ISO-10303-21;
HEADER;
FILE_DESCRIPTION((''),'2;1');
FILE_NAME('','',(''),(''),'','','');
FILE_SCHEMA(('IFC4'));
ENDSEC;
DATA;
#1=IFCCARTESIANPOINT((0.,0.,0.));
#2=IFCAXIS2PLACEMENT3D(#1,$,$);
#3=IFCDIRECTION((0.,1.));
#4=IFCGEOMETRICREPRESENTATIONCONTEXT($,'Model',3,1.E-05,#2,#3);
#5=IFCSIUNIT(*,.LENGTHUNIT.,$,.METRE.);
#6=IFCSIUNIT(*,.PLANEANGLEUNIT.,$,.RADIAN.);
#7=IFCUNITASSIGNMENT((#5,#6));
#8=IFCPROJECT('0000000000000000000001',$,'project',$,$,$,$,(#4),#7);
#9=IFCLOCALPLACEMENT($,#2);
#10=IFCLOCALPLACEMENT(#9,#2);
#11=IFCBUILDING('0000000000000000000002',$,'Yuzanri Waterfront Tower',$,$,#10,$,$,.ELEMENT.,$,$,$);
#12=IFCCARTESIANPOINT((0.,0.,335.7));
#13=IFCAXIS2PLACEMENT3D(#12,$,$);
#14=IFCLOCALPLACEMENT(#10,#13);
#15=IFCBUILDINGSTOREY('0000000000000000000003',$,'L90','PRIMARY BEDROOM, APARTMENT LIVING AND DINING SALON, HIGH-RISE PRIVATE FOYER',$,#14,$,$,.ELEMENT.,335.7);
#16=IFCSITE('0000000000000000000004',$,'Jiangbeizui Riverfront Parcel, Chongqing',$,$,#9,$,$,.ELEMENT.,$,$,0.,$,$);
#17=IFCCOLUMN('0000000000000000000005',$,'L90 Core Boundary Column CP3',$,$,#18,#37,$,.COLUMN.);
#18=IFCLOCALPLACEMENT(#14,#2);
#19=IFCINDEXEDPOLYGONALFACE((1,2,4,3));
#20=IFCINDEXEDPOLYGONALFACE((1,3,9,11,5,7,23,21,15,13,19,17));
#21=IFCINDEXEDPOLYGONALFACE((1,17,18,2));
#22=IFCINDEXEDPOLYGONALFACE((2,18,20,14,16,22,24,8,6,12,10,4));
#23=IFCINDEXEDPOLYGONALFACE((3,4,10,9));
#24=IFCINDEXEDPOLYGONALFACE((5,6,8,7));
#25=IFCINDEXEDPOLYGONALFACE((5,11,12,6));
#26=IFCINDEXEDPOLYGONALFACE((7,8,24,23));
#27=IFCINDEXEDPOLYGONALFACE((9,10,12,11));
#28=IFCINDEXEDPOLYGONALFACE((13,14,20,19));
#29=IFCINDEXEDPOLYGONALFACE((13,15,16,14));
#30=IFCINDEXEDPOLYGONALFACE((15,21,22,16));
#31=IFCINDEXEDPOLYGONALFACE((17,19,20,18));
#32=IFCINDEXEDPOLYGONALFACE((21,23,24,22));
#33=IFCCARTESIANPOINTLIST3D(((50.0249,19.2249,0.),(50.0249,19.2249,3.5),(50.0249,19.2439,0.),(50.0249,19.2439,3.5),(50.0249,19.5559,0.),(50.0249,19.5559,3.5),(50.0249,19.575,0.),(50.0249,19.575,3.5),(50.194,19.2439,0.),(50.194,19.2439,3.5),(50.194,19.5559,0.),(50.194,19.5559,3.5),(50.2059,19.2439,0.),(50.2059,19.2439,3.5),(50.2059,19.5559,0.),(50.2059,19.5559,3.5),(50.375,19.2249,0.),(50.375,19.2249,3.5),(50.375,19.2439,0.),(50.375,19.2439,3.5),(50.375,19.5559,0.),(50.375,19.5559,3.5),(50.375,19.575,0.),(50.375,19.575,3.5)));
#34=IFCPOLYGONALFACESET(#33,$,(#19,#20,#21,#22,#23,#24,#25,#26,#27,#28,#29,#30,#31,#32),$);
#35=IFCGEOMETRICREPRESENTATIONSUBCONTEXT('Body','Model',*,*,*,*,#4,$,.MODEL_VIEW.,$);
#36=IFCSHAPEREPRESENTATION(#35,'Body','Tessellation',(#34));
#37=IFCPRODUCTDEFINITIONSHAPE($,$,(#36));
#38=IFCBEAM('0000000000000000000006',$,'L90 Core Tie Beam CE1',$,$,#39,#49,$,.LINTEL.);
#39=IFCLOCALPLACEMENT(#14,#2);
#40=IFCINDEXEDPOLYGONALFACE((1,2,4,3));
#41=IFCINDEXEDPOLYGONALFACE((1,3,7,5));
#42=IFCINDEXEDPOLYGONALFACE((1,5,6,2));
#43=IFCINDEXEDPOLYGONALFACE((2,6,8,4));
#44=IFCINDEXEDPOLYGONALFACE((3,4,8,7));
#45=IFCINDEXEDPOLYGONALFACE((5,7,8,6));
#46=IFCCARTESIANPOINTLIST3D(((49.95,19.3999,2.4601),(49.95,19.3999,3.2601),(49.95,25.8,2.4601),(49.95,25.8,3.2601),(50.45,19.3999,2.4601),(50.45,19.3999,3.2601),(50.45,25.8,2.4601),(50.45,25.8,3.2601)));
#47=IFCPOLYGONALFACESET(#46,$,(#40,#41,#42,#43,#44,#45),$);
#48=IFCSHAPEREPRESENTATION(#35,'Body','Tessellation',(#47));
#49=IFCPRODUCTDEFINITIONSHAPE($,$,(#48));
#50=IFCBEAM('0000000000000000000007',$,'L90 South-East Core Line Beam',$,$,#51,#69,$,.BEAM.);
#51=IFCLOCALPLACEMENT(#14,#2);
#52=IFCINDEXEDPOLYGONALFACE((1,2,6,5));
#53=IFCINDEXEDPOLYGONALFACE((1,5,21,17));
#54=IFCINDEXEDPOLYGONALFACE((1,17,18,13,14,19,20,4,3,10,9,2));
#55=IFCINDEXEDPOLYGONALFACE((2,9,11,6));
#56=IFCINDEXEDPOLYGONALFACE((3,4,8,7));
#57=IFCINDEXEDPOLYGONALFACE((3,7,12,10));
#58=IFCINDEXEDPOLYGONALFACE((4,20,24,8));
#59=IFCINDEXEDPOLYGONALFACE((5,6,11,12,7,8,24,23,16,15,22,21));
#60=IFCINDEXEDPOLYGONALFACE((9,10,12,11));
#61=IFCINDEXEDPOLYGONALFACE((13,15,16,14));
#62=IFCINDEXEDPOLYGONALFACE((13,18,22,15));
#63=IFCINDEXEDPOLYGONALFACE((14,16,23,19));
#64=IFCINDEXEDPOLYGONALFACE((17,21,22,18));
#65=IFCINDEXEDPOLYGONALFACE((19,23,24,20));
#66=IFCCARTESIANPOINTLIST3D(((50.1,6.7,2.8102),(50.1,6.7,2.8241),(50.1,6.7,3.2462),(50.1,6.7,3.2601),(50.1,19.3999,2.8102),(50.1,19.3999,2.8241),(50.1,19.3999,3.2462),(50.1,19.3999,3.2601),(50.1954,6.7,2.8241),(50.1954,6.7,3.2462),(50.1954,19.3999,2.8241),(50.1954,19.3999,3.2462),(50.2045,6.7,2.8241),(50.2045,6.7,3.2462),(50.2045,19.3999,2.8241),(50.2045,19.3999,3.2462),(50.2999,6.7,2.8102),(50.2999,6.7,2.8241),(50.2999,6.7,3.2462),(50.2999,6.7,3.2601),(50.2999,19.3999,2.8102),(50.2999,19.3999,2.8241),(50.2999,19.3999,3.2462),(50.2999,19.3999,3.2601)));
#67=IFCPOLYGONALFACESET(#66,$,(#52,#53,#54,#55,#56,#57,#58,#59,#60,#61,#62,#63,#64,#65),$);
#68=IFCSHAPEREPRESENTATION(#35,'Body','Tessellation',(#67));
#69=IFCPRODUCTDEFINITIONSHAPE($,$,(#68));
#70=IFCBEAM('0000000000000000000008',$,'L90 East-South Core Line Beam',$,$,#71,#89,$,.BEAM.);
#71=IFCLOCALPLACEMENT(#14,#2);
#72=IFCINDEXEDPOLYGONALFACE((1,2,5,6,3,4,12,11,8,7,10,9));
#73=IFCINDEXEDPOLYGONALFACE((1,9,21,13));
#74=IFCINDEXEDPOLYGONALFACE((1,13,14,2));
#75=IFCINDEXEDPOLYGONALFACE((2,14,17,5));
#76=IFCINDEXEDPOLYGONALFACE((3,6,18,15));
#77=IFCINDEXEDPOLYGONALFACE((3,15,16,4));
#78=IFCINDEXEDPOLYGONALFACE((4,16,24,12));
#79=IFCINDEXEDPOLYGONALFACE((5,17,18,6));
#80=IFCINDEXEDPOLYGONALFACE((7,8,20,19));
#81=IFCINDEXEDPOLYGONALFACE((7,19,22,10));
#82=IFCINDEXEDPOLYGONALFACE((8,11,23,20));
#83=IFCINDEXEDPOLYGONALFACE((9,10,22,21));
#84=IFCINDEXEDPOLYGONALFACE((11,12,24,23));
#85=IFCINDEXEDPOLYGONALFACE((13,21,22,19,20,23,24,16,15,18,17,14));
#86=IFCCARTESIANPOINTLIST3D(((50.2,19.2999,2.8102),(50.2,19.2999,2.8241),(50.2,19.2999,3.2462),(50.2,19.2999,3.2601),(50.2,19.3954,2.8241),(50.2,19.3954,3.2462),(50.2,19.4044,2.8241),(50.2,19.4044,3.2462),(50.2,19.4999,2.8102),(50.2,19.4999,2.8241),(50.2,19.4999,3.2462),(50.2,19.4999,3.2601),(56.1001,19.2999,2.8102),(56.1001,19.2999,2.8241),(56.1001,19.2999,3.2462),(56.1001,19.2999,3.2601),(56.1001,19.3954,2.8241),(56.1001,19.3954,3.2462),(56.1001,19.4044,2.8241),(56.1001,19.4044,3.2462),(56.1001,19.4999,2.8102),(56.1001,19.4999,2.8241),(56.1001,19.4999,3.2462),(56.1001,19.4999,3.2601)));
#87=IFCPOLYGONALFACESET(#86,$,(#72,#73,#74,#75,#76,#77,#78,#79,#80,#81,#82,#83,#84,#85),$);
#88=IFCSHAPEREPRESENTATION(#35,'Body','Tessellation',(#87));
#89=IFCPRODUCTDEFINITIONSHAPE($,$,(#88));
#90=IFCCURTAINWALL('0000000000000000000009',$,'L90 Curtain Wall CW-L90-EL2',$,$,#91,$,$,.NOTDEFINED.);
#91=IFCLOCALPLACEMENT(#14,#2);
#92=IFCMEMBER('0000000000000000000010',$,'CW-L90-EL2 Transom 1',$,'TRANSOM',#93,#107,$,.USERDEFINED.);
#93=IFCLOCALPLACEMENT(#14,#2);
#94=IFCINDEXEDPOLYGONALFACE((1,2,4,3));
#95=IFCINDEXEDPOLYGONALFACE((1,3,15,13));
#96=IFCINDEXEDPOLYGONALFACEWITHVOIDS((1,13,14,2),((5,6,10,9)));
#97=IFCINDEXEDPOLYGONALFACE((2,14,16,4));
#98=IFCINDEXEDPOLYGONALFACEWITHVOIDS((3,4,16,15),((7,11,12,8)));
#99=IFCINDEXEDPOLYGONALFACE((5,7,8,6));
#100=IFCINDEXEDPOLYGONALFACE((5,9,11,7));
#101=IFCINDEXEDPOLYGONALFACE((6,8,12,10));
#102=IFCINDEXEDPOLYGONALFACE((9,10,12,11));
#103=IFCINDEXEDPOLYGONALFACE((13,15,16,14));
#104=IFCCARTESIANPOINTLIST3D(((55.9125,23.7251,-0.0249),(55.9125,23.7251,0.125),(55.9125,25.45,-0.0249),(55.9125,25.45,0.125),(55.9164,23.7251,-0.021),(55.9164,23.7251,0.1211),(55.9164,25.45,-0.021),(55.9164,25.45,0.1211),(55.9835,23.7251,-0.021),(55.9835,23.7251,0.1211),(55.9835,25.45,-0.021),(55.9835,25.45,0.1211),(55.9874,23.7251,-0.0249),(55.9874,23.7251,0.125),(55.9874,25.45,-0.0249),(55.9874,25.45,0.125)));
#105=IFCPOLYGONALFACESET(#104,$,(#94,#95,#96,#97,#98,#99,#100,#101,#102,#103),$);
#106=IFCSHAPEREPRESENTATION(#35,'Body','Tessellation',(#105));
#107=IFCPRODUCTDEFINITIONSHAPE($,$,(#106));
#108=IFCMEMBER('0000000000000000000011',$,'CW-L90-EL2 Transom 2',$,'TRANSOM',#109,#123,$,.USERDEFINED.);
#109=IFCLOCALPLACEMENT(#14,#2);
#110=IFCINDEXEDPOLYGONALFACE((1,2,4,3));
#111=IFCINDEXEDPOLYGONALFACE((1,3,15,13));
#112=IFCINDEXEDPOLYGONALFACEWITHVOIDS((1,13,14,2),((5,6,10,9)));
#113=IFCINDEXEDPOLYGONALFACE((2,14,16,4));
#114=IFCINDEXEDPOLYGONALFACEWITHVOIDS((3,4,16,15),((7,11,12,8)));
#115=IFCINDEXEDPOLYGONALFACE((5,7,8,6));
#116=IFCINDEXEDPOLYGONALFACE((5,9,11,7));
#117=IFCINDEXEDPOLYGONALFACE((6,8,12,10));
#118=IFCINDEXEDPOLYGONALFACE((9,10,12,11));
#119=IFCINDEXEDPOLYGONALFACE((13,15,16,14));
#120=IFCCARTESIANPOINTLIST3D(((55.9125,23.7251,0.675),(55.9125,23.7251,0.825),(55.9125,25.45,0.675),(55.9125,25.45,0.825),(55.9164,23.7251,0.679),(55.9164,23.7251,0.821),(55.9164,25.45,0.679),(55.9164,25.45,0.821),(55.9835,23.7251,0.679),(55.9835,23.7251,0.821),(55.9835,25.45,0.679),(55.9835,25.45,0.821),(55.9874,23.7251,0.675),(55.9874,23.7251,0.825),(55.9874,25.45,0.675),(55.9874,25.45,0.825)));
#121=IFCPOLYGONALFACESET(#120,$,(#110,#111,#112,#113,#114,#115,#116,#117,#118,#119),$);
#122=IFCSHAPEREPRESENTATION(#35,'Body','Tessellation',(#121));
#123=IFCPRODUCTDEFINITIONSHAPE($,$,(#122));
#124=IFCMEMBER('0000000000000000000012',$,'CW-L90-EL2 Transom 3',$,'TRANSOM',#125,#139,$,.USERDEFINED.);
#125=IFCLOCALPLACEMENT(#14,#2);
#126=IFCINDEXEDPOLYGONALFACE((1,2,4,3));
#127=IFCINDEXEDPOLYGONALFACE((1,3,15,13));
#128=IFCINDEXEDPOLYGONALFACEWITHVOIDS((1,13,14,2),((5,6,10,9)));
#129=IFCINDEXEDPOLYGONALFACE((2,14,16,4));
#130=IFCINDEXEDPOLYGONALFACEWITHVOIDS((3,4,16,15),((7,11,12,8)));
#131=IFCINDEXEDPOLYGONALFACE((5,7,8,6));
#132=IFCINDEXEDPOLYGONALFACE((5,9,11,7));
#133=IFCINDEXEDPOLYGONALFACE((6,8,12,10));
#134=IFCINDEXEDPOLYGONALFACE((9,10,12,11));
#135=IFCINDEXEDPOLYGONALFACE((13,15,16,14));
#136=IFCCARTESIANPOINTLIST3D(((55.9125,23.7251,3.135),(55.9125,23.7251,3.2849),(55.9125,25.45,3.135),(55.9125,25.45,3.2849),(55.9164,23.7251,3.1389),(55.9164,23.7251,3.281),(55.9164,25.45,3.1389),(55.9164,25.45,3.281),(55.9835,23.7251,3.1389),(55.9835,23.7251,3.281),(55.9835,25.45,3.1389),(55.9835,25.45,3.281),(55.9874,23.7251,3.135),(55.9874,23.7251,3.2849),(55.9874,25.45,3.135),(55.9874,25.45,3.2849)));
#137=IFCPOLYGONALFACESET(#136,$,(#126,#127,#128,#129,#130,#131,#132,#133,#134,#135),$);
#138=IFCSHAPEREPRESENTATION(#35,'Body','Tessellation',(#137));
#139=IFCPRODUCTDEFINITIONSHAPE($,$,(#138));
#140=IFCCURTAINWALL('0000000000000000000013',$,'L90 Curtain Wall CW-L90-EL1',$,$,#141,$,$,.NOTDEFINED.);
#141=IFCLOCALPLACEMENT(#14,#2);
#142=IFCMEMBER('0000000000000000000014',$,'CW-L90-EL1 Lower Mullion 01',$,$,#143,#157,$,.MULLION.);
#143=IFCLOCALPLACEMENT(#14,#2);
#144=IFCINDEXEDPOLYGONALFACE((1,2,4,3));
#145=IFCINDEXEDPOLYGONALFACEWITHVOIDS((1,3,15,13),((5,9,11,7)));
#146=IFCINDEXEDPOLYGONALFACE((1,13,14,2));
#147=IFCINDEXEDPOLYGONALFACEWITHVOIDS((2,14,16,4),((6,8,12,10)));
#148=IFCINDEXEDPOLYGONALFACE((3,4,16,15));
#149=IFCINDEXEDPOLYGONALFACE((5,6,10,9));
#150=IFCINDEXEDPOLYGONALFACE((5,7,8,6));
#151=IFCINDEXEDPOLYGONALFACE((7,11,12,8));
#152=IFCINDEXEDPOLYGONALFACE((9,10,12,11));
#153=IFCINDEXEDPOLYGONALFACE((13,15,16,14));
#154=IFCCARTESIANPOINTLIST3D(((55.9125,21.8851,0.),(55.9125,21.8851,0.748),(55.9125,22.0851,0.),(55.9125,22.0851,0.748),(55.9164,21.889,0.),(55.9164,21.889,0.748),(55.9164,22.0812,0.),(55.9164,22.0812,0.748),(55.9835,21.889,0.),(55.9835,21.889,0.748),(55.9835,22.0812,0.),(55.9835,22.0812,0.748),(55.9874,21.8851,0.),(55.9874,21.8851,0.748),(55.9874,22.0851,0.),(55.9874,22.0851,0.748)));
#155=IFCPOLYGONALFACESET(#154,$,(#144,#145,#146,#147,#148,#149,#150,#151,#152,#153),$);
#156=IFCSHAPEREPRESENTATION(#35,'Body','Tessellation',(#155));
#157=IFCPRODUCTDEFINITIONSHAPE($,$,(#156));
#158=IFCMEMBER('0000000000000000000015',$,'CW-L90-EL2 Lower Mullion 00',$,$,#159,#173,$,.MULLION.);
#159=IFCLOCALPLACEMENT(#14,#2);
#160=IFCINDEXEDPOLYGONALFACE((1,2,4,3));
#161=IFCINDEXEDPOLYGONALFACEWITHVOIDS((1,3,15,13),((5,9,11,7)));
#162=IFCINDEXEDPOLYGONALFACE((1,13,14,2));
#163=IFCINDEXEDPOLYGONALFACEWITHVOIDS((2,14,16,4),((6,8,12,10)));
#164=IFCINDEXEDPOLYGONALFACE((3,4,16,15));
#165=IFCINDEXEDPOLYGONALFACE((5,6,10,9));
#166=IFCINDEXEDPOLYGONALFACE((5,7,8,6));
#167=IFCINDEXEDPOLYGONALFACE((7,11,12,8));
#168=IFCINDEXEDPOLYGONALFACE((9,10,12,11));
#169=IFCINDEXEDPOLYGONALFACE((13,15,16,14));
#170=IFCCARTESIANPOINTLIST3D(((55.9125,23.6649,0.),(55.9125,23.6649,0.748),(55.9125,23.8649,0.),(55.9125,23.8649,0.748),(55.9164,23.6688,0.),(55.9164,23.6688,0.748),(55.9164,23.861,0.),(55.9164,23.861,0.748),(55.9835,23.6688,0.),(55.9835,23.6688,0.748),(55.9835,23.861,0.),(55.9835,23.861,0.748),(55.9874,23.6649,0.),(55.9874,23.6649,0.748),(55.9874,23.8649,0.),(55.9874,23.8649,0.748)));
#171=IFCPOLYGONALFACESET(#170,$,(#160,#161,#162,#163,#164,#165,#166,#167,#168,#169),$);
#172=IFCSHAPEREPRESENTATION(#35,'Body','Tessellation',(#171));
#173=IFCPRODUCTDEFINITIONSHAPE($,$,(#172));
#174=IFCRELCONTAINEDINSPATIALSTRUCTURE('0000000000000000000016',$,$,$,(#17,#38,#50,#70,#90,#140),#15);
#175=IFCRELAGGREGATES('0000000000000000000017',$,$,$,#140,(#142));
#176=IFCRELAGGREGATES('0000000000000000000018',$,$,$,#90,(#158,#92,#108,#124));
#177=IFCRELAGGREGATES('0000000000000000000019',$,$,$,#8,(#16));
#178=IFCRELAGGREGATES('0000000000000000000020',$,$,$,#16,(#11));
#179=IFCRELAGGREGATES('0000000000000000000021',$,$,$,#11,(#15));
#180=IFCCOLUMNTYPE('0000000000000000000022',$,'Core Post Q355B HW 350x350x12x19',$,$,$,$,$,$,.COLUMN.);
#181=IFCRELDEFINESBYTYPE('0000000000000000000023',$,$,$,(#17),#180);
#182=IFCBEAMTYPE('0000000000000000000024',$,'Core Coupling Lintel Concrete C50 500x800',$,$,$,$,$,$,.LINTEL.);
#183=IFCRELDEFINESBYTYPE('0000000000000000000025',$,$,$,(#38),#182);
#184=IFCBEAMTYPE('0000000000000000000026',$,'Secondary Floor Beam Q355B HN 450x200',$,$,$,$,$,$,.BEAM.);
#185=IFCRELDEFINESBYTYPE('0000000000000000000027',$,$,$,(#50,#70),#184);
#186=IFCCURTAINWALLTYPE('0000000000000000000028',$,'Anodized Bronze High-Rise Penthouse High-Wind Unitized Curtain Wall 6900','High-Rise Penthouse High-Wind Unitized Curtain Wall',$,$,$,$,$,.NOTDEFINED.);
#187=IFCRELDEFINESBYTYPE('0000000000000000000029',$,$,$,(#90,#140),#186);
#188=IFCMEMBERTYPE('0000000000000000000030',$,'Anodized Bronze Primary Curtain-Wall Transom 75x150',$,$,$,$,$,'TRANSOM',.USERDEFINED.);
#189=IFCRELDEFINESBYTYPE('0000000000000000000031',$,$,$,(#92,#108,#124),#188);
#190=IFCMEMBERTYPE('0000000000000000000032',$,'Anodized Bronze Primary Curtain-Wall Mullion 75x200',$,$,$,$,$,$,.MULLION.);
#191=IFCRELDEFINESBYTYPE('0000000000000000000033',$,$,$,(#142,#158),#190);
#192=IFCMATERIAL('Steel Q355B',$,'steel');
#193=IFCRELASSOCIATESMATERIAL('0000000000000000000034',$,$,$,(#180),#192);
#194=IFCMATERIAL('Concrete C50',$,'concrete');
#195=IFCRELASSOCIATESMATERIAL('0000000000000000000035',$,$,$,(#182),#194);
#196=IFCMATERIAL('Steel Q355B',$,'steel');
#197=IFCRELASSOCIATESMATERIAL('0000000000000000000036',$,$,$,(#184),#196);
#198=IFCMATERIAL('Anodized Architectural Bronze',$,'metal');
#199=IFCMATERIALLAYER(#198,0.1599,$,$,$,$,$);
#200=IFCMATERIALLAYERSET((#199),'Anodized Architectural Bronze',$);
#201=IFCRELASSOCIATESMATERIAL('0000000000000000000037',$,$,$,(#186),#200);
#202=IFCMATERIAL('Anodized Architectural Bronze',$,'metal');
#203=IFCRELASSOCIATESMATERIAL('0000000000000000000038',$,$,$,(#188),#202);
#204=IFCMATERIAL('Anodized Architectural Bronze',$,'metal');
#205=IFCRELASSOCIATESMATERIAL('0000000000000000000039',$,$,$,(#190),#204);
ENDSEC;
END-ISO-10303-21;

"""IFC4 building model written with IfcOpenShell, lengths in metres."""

from ifc_helpers import new_model, si_unit, direction, frame, origin, origin_2d, place, context, subcontext, project, spatial, rectangle, hollow_rectangle, i_section, extrude, source, transform, mapped, material, layer, layer_set, material_profile, profile_set, type_object, element, aggregate, save


model = new_model("IFC4")

# Units and contexts
model_context = context("Model", 3, precision=1e-05, world=origin(), true_north=direction((0.0, 1.0)))
body_context = subcontext(model_context, "Body", "Model", "MODEL_VIEW")
ifc_project = project(units=[si_unit("LENGTHUNIT", "METRE"), si_unit("PLANEANGLEUNIT", "RADIAN")], contexts=[model_context])

# Site, building, storey
site_placement = place(None, origin())
site = spatial("IfcSite", under=ifc_project, at=site_placement, Name="Jiangbeizui Riverfront Parcel, Chongqing", CompositionType="ELEMENT", RefElevation=0.0)
building_placement = place(site_placement, origin())
building = spatial("IfcBuilding", under=site, at=building_placement, Name="Yuzanri Waterfront Tower", CompositionType="ELEMENT")
storey_placement = place(building_placement, frame((0.0, 0.0, 335.7)))
storey = spatial("IfcBuildingStorey", under=building, at=storey_placement, Name="L90", Description="PRIMARY BEDROOM, APARTMENT LIVING AND DINING SALON, HIGH-RISE PRIVATE FOYER", CompositionType="ELEMENT", Elevation=335.7)

# Column
ifc_material_1 = material(Name="Steel Q355B", Category="steel")
ifc_material_profile_1 = material_profile(ifc_material_1, i_section(OverallWidth=0.3501, OverallDepth=0.3501, WebThickness=0.012, FlangeThickness=0.019, at=origin_2d()), Name="HW 350x350x12x19")
ifc_profile_set_1 = profile_set([ifc_material_profile_1], Name="Steel Q355B")
column_type = type_object("IfcColumnType", Name="Core Post Q355B HW 350x350x12x19", PredefinedType="COLUMN", material=ifc_profile_set_1)
shared_shape_1 = source(origin(), body_context, "Body", "SweptSolid", [
    extrude(i_section(OverallWidth=0.3501, OverallDepth=0.3501, WebThickness=0.012, FlangeThickness=0.019, at=origin_2d()), origin(), (0.0, 0.0, 1.0), 3.5),
])
column_placement = place(storey_placement, frame((50.2, 19.3999, 0.0), z_axis=(0.0, 0.0, 1.0), x_axis=(1.0, 0.0, 0.0)))
element("IfcColumn", 1, at=column_placement, inside=storey, type_object=column_type, Name="L90 Core Boundary Column CP3", PredefinedType="COLUMN", context=body_context, shape_type="MappedRepresentation", body=[
    mapped(shared_shape_1, transform((0.0, 0.0, 0.0), scale=1.0)),
])

# Beams
ifc_material_2 = material(Name="Concrete C50", Category="concrete")
ifc_material_profile_2 = material_profile(ifc_material_2, rectangle(XDim=0.5, YDim=0.8, at=origin_2d()), Name="RC 500x800")
ifc_profile_set_2 = profile_set([ifc_material_profile_2], Name="Concrete C50")
beam_type_1 = type_object("IfcBeamType", Name="Core Coupling Lintel Concrete C50 500x800", PredefinedType="LINTEL", material=ifc_profile_set_2)
shared_shape_2 = source(origin(), body_context, "Body", "SweptSolid", [
    extrude(rectangle(XDim=0.5, YDim=0.8, at=origin_2d()), origin(), (0.0, 0.0, 1.0), 6.4001),
])
beam_1_placement = place(storey_placement, frame((50.2, 19.3999, 2.8601), z_axis=(0.0, 1.0, 0.0), x_axis=(-1.0, 0.0, 0.0)))
element("IfcBeam", 2, at=beam_1_placement, inside=storey, type_object=beam_type_1, Name="L90 Core Tie Beam CE1", PredefinedType="LINTEL", context=body_context, shape_type="MappedRepresentation", body=[
    mapped(shared_shape_2, transform((0.0, 0.0, 0.0), scale=1.0)),
])
ifc_material_3 = material(Name="Steel Q355B", Category="steel")
ifc_material_profile_3 = material_profile(ifc_material_3, i_section(OverallWidth=0.2, OverallDepth=0.45, WebThickness=0.009, FlangeThickness=0.0139, at=origin_2d()), Name="HN 450x200x9x14")
ifc_profile_set_3 = profile_set([ifc_material_profile_3], Name="Steel Q355B")
beam_type_2 = type_object("IfcBeamType", Name="Secondary Floor Beam Q355B HN 450x200", PredefinedType="BEAM", material=ifc_profile_set_3)
shared_shape_3 = source(origin(), body_context, "Body", "SweptSolid", [
    extrude(i_section(OverallWidth=0.2, OverallDepth=0.45, WebThickness=0.009, FlangeThickness=0.0139, at=origin_2d()), origin(), (0.0, 0.0, 1.0), 12.7),
])
beam_2_placement = place(storey_placement, frame((50.2, 19.3999, 3.0352), z_axis=(0.0, -1.0, 0.0), x_axis=(1.0, 0.0, 0.0)))
element("IfcBeam", 3, at=beam_2_placement, inside=storey, type_object=beam_type_2, Name="L90 South-East Core Line Beam", PredefinedType="BEAM", context=body_context, shape_type="MappedRepresentation", body=[
    mapped(shared_shape_3, transform((0.0, 0.0, 0.0), scale=1.0)),
])
shared_shape_4 = source(origin(), body_context, "Body", "SweptSolid", [
    extrude(i_section(OverallWidth=0.2, OverallDepth=0.45, WebThickness=0.009, FlangeThickness=0.0139, at=origin_2d()), origin(), (0.0, 0.0, 1.0), 5.9001),
])
beam_3_placement = place(storey_placement, frame((50.2, 19.3999, 3.0352), z_axis=(1.0, 0.0, 0.0), x_axis=(0.0, 1.0, 0.0)))
element("IfcBeam", 4, at=beam_3_placement, inside=storey, type_object=beam_type_2, Name="L90 East-South Core Line Beam", PredefinedType="BEAM", context=body_context, shape_type="MappedRepresentation", body=[
    mapped(shared_shape_4, transform((0.0, 0.0, 0.0), scale=1.0)),
])

# Curtain wall, members
ifc_material_4 = material(Name="Anodized Architectural Bronze", Category="metal")
ifc_layer_1 = layer(ifc_material_4, 0.1599)
ifc_layer_set_1 = layer_set([ifc_layer_1], Name="Anodized Architectural Bronze")
curtain_wall_type = type_object("IfcCurtainWallType", Name="Anodized Bronze High-Rise Penthouse High-Wind Unitized Curtain Wall 6900", Description="High-Rise Penthouse High-Wind Unitized Curtain Wall", PredefinedType="NOTDEFINED", material=ifc_layer_set_1)
curtain_wall_1_placement = place(storey_placement, origin())
curtain_wall_1 = element("IfcCurtainWall", 5, at=curtain_wall_1_placement, inside=storey, type_object=curtain_wall_type, Name="L90 Curtain Wall CW-L90-EL2", PredefinedType="NOTDEFINED")
ifc_material_5 = material(Name="Anodized Architectural Bronze", Category="metal")
ifc_material_profile_4 = material_profile(ifc_material_5, hollow_rectangle(XDim=0.075, YDim=0.1499, WallThickness=0.0039, at=origin_2d()), Name="CWT 75x150")
ifc_profile_set_4 = profile_set([ifc_material_profile_4], Name="Anodized Architectural Bronze")
member_type_1 = type_object("IfcMemberType", Name="Anodized Bronze Primary Curtain-Wall Transom 75x150", ElementType="TRANSOM", PredefinedType="USERDEFINED", material=ifc_profile_set_4)
shared_shape_5 = source(origin(), body_context, "Body", "SweptSolid", [
    extrude(hollow_rectangle(XDim=0.075, YDim=0.1499, WallThickness=0.0039, at=origin_2d()), origin(), (0.0, 0.0, 1.0), 1.7249),
])
member_1_placement = place(storey_placement, frame((55.95, 23.7251, 0.05), z_axis=(0.0, 1.0, 0.0), x_axis=(-1.0, 0.0, 0.0)))
member_1 = element("IfcMember", 6, at=member_1_placement, type_object=member_type_1, Name="CW-L90-EL2 Transom 1", ObjectType="TRANSOM", PredefinedType="USERDEFINED", context=body_context, shape_type="MappedRepresentation", body=[
    mapped(shared_shape_5, transform((0.0, 0.0, 0.0), scale=1.0)),
])
member_2_placement = place(storey_placement, frame((55.95, 23.7251, 0.75), z_axis=(0.0, 1.0, 0.0), x_axis=(-1.0, 0.0, 0.0)))
member_2 = element("IfcMember", 7, at=member_2_placement, type_object=member_type_1, Name="CW-L90-EL2 Transom 2", ObjectType="TRANSOM", PredefinedType="USERDEFINED", context=body_context, shape_type="MappedRepresentation", body=[
    mapped(shared_shape_5, transform((0.0, 0.0, 0.0), scale=1.0)),
])
member_3_placement = place(storey_placement, frame((55.95, 23.7251, 3.21), z_axis=(0.0, 1.0, 0.0), x_axis=(-1.0, 0.0, 0.0)))
member_3 = element("IfcMember", 8, at=member_3_placement, type_object=member_type_1, Name="CW-L90-EL2 Transom 3", ObjectType="TRANSOM", PredefinedType="USERDEFINED", context=body_context, shape_type="MappedRepresentation", body=[
    mapped(shared_shape_5, transform((0.0, 0.0, 0.0), scale=1.0)),
])

# Curtain wall, member
curtain_wall_2_placement = place(storey_placement, origin())
curtain_wall_2 = element("IfcCurtainWall", 9, at=curtain_wall_2_placement, inside=storey, type_object=curtain_wall_type, Name="L90 Curtain Wall CW-L90-EL1", PredefinedType="NOTDEFINED")
ifc_material_6 = material(Name="Anodized Architectural Bronze", Category="metal")
ifc_material_profile_5 = material_profile(ifc_material_6, hollow_rectangle(XDim=0.075, YDim=0.2, WallThickness=0.0039, at=origin_2d()), Name="CWM 75x200")
ifc_profile_set_5 = profile_set([ifc_material_profile_5], Name="Anodized Architectural Bronze")
member_type_2 = type_object("IfcMemberType", Name="Anodized Bronze Primary Curtain-Wall Mullion 75x200", PredefinedType="MULLION", material=ifc_profile_set_5)
shared_shape_6 = source(origin(), body_context, "Body", "SweptSolid", [
    extrude(hollow_rectangle(XDim=0.075, YDim=0.2, WallThickness=0.0039, at=origin_2d()), origin(), (0.0, 0.0, 1.0), 0.748),
])
member_4_placement = place(storey_placement, frame((55.95, 21.9851, 0.0), z_axis=(0.0, 0.0, 1.0), x_axis=(1.0, 0.0, 0.0)))
member_4 = element("IfcMember", 10, at=member_4_placement, type_object=member_type_2, Name="CW-L90-EL1 Lower Mullion 01", PredefinedType="MULLION", context=body_context, shape_type="MappedRepresentation", body=[
    mapped(shared_shape_6, transform((0.0, 0.0, 0.0), scale=1.0)),
])

# Member
member_5_placement = place(storey_placement, frame((55.95, 23.7649, 0.0), z_axis=(0.0, 0.0, 1.0), x_axis=(1.0, 0.0, 0.0)))
member_5 = element("IfcMember", 11, at=member_5_placement, type_object=member_type_2, Name="CW-L90-EL2 Lower Mullion 00", PredefinedType="MULLION", context=body_context, shape_type="MappedRepresentation", body=[
    mapped(shared_shape_6, transform((0.0, 0.0, 0.0), scale=1.0)),
])

aggregate(curtain_wall_2, [member_4])
aggregate(curtain_wall_1, [member_5, member_1, member_2, member_3])

save(model, "model.ifc")
